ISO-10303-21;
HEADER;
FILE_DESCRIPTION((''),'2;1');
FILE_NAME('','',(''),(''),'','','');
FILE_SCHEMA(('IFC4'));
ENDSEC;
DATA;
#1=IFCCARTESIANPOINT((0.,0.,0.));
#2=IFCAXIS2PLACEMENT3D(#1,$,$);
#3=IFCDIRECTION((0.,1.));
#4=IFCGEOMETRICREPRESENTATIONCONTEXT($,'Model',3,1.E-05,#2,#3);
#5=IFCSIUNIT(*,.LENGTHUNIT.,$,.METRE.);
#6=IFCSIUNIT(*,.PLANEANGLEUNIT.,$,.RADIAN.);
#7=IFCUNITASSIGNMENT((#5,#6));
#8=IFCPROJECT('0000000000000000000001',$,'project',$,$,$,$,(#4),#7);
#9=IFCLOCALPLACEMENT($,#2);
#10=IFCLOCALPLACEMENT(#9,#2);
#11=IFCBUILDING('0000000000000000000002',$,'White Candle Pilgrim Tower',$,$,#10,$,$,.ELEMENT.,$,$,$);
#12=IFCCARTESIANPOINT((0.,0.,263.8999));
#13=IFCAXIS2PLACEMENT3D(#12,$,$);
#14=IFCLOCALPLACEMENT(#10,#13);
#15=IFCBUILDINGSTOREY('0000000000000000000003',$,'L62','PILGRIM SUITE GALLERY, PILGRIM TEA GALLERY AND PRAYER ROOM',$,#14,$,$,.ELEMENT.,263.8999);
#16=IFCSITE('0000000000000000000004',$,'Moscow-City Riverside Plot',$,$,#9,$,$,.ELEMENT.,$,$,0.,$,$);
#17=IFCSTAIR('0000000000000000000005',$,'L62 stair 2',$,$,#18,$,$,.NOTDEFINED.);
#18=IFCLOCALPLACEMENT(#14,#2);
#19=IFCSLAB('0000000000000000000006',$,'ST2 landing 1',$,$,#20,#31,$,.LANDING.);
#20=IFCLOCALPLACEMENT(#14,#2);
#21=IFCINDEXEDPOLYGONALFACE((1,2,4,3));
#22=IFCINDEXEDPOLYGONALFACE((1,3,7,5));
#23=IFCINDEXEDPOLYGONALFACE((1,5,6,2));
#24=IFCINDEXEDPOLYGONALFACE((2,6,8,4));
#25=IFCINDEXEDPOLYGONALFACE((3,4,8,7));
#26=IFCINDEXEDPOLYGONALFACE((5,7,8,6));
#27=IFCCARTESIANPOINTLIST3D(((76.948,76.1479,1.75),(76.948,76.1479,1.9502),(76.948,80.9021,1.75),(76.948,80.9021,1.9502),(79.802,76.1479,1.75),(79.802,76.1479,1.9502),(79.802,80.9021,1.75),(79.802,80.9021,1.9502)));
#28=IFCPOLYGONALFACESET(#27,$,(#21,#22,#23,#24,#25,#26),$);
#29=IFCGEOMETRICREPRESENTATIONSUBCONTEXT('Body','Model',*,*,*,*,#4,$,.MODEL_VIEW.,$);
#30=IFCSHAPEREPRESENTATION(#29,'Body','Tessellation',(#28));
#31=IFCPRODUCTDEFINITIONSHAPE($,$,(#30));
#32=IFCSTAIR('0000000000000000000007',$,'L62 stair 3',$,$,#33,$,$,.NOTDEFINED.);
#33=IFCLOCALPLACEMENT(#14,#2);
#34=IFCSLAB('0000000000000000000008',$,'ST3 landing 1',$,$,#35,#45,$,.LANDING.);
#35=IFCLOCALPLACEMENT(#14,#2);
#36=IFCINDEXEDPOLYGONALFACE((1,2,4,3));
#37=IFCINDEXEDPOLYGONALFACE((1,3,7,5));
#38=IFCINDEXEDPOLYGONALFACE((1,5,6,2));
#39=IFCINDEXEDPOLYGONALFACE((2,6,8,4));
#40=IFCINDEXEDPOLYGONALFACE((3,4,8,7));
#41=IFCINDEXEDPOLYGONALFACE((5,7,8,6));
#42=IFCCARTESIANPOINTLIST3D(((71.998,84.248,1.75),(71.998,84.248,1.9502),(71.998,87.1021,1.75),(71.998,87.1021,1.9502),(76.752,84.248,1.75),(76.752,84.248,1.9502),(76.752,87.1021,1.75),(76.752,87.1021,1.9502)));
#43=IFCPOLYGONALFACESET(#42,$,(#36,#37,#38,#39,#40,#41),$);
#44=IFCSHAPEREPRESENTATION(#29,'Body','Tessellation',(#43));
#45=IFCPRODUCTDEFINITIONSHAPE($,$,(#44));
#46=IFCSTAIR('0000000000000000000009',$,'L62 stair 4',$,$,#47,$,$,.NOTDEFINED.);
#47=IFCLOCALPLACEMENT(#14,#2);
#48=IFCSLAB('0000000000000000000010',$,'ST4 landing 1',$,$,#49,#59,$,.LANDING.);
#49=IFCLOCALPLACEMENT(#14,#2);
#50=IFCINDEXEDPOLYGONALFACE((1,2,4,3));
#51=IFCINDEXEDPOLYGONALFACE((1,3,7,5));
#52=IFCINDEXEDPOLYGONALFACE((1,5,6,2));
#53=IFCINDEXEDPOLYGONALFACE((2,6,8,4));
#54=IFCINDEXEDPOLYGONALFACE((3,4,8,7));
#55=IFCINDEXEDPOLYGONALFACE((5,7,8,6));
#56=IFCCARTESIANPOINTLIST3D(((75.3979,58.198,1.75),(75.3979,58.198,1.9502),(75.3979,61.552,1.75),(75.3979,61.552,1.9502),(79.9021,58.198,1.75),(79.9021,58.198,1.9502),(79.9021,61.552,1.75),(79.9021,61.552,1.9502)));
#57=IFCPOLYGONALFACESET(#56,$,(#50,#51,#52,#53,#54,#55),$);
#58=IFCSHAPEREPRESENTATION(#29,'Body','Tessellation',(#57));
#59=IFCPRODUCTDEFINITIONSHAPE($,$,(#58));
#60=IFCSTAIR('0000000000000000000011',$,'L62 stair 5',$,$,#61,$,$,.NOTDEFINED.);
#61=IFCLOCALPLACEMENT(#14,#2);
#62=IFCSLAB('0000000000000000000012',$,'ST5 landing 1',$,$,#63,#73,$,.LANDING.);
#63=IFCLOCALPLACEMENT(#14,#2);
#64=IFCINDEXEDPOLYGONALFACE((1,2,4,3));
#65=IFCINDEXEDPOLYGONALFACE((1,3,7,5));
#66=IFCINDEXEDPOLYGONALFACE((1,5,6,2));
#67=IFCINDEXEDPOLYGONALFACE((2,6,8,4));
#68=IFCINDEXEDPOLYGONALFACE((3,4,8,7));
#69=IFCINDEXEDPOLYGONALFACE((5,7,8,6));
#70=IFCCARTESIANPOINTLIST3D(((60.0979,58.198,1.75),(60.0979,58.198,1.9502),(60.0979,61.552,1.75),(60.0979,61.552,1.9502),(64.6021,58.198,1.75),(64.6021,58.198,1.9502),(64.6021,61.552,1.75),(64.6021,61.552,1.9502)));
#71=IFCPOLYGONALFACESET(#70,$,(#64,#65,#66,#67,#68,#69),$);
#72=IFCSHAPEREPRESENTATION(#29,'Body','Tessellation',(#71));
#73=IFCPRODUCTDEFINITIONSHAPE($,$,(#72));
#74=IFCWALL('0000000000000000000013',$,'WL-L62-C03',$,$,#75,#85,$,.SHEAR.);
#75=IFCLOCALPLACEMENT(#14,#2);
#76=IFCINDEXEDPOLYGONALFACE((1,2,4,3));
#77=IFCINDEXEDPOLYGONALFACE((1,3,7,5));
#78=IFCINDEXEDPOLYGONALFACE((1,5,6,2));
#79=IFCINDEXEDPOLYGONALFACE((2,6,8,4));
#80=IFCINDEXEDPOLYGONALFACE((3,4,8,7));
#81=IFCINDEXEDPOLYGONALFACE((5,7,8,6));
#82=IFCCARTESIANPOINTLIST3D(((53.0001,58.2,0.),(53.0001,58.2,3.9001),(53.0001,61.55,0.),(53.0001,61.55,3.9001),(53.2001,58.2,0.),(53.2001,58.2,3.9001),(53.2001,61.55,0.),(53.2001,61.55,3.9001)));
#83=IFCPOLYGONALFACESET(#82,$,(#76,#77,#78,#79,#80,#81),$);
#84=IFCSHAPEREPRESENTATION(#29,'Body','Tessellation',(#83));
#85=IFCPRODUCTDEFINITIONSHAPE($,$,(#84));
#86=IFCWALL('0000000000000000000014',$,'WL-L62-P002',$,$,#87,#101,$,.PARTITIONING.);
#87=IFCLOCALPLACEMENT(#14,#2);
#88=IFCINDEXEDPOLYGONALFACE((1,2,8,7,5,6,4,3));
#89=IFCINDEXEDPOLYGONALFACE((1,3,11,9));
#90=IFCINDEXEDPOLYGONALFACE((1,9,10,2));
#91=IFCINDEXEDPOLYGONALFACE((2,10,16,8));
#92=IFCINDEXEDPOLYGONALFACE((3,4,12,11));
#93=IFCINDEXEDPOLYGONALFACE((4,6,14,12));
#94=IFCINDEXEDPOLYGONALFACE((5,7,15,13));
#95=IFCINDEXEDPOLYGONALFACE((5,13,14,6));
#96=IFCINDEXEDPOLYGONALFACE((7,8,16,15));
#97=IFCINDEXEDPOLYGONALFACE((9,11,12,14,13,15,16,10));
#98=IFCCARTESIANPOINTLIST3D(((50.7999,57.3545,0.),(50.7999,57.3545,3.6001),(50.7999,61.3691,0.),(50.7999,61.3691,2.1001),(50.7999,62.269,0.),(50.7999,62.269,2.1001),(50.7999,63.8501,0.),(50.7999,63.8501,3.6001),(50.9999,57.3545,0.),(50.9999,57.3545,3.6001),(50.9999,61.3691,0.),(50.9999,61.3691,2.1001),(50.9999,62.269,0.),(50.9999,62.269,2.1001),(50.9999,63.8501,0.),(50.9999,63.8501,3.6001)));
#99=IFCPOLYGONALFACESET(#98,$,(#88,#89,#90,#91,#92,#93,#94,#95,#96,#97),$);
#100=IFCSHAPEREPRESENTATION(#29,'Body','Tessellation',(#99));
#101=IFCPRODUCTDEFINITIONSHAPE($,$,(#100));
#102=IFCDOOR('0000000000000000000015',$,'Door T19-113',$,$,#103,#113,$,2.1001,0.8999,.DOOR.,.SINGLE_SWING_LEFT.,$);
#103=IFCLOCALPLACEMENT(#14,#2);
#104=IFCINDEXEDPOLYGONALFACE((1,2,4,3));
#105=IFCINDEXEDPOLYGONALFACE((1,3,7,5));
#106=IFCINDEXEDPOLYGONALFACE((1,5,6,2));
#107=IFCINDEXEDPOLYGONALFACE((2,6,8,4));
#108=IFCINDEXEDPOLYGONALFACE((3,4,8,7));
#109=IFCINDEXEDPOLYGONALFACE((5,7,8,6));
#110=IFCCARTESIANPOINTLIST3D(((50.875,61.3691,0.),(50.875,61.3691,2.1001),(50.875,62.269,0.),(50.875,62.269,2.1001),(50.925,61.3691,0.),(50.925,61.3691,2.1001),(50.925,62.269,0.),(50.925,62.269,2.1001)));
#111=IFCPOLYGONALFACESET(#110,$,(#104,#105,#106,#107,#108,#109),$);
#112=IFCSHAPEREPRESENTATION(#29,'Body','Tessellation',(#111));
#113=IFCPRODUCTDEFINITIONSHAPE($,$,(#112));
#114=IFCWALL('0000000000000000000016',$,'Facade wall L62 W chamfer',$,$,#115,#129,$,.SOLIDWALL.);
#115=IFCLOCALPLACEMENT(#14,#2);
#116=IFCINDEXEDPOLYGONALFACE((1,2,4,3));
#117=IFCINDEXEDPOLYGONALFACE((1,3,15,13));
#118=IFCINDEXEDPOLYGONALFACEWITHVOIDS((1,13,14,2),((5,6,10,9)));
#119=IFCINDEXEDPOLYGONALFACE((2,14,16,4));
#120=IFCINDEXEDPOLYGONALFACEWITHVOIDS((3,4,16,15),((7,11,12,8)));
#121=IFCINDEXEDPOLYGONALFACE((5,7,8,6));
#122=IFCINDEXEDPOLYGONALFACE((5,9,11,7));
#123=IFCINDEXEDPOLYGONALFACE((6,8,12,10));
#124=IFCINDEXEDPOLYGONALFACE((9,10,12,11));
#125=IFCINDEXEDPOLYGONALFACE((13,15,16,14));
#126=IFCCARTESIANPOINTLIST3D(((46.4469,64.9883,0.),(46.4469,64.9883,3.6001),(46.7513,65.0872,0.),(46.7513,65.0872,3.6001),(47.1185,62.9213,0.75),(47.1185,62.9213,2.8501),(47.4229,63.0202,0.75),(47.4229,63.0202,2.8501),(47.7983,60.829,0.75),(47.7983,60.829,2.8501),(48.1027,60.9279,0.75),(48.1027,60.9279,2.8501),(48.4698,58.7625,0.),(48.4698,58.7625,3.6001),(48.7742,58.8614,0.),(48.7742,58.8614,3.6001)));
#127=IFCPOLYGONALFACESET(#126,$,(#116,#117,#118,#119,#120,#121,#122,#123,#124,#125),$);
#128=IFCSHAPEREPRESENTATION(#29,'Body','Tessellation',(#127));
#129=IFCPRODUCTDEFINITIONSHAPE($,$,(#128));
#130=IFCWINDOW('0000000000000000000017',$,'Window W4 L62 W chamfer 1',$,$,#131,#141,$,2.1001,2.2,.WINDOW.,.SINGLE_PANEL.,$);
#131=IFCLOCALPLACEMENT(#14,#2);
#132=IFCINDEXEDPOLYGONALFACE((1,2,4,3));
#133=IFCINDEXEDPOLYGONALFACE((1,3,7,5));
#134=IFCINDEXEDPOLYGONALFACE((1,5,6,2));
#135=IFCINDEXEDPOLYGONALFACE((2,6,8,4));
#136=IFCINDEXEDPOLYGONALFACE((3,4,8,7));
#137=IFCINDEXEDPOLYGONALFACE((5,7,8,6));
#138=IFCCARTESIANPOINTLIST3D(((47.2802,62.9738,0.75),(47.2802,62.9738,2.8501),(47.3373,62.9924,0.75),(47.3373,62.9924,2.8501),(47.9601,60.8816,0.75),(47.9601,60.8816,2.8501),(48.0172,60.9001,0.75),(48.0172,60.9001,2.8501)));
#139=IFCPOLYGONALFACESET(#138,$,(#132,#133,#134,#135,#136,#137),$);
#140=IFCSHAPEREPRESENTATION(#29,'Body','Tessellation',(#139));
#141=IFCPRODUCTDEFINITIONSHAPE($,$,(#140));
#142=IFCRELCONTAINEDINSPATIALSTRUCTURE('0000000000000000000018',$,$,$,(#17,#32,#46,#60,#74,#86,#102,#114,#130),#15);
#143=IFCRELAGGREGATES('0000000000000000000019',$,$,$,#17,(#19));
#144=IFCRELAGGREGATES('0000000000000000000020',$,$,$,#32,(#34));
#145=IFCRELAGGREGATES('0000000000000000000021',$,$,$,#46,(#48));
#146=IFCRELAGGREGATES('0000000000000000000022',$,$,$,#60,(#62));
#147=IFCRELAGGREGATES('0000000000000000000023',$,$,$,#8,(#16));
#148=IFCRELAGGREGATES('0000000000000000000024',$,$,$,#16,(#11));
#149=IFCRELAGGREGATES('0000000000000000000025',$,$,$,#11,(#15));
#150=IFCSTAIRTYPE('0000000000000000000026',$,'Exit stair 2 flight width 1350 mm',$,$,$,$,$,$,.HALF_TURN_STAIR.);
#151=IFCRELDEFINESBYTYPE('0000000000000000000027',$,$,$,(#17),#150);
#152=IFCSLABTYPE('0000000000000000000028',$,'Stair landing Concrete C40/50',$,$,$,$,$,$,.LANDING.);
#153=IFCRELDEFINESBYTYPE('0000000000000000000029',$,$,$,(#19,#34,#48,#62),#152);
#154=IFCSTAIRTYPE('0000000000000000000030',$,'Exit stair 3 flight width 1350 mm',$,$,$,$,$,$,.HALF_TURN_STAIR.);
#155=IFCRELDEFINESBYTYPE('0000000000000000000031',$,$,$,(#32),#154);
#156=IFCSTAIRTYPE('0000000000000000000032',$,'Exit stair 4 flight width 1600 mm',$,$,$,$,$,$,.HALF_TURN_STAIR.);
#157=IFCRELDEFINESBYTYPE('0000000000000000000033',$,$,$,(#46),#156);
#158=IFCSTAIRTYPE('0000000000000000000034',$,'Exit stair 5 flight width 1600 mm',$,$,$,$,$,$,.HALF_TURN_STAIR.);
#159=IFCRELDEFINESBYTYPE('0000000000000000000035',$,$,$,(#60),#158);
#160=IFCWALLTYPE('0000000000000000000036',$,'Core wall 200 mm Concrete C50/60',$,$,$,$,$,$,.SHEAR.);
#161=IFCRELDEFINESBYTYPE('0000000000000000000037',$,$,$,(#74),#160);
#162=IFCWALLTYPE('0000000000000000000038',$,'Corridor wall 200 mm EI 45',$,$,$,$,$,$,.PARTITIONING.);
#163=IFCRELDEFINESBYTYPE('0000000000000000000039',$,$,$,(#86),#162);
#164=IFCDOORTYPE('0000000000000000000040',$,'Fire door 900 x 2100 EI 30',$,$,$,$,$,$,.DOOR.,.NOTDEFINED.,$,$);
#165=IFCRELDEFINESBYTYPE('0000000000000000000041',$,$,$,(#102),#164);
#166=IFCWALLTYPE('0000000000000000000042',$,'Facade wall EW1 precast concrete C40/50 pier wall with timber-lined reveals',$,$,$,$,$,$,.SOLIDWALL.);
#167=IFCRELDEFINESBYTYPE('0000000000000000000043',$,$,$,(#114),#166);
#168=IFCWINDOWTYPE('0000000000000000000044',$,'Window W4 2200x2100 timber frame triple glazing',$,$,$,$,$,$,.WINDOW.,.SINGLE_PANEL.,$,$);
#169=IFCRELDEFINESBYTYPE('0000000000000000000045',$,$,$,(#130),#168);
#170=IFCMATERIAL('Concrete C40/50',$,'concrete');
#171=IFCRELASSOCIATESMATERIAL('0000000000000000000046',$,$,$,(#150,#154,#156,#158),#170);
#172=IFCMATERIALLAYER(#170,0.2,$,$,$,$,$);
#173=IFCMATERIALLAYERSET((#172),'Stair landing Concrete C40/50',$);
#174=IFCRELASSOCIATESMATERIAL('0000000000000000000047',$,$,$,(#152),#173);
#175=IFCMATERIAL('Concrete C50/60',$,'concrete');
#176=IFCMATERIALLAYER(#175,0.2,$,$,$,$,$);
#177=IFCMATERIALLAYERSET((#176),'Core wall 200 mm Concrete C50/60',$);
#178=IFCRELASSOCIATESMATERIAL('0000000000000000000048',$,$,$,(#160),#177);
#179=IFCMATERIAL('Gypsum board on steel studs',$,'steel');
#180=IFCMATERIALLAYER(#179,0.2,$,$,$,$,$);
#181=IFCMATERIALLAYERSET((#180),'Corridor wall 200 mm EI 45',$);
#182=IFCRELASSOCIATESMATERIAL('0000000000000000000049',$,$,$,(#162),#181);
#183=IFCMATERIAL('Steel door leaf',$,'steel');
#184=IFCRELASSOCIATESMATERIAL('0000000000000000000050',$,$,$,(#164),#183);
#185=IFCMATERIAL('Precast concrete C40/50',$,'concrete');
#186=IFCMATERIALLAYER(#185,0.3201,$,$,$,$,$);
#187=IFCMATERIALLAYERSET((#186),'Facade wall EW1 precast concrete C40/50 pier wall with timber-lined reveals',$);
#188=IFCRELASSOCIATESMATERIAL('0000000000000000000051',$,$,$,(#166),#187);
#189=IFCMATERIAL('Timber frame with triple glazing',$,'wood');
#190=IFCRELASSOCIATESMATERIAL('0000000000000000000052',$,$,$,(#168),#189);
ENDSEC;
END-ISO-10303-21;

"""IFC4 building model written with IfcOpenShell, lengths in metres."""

from ifc_helpers import new_model, si_unit, direction, frame, frame_2d, origin, place, context, subcontext, project, spatial, polyline, rectangle, outline, extrude, material, layer, layer_set, type_object, element, fill, aggregate, save


model = new_model("IFC4")

# Units and contexts
model_context = context("Model", 3, precision=1e-05, world=origin(), true_north=direction((0.0, 1.0)))
body_context = subcontext(model_context, "Body", "Model", "MODEL_VIEW")
ifc_project = project(units=[si_unit("LENGTHUNIT", "METRE"), si_unit("PLANEANGLEUNIT", "RADIAN")], contexts=[model_context])

# Site, building, storey
site_placement = place(None, origin())
site = spatial("IfcSite", under=ifc_project, at=site_placement, Name="Moscow-City Riverside Plot", CompositionType="ELEMENT", RefElevation=0.0)
building_placement = place(site_placement, origin())
building = spatial("IfcBuilding", under=site, at=building_placement, Name="White Candle Pilgrim Tower", CompositionType="ELEMENT")
storey_placement = place(building_placement, frame((0.0, 0.0, 263.8999)))
storey = spatial("IfcBuildingStorey", under=building, at=storey_placement, Name="L62", Description="PILGRIM SUITE GALLERY, PILGRIM TEA GALLERY AND PRAYER ROOM", CompositionType="ELEMENT", Elevation=263.8999)

# Stairs, slabs
ifc_material_1 = material(Name="Concrete C40/50", Category="concrete")
stair_type_1 = type_object("IfcStairType", Name="Exit stair 2 flight width 1350 mm", PredefinedType="HALF_TURN_STAIR", material=ifc_material_1)
stair_1_placement = place(storey_placement, origin())
stair_1 = element("IfcStair", 1, at=stair_1_placement, inside=storey, type_object=stair_type_1, Name="L62 stair 2", PredefinedType="NOTDEFINED")
ifc_layer_1 = layer(ifc_material_1, 0.2)
ifc_layer_set_1 = layer_set([ifc_layer_1], Name="Stair landing Concrete C40/50")
slab_type = type_object("IfcSlabType", Name="Stair landing Concrete C40/50", PredefinedType="LANDING", material=ifc_layer_set_1)
slab_1_placement = place(storey_placement, frame((0.0, 0.0, 1.75)))
slab_1 = element("IfcSlab", 2, at=slab_1_placement, type_object=slab_type, Name="ST2 landing 1", PredefinedType="LANDING", context=body_context, shape_type="SweptSolid", body=[
    extrude(outline(polyline([(79.802, 76.1479), (76.948, 76.1479), (76.948, 80.9021), (79.802, 80.9021), (79.802, 76.1479)])), origin(), (0.0, 0.0, 1.0), 0.2002),
])
aggregate(stair_1, [slab_1])
stair_type_2 = type_object("IfcStairType", Name="Exit stair 3 flight width 1350 mm", PredefinedType="HALF_TURN_STAIR", material=ifc_material_1)
stair_2_placement = place(storey_placement, origin())
stair_2 = element("IfcStair", 3, at=stair_2_placement, inside=storey, type_object=stair_type_2, Name="L62 stair 3", PredefinedType="NOTDEFINED")
slab_2_placement = place(storey_placement, frame((0.0, 0.0, 1.75)))
slab_2 = element("IfcSlab", 4, at=slab_2_placement, type_object=slab_type, Name="ST3 landing 1", PredefinedType="LANDING", context=body_context, shape_type="SweptSolid", body=[
    extrude(outline(polyline([(71.998, 84.248), (71.998, 87.1021), (76.752, 87.1021), (76.752, 84.248), (71.998, 84.248)])), origin(), (0.0, 0.0, 1.0), 0.2002),
])
aggregate(stair_2, [slab_2])
stair_type_3 = type_object("IfcStairType", Name="Exit stair 4 flight width 1600 mm", PredefinedType="HALF_TURN_STAIR", material=ifc_material_1)
stair_3_placement = place(storey_placement, origin())
stair_3 = element("IfcStair", 5, at=stair_3_placement, inside=storey, type_object=stair_type_3, Name="L62 stair 4", PredefinedType="NOTDEFINED")
slab_3_placement = place(storey_placement, frame((0.0, 0.0, 1.75)))
slab_3 = element("IfcSlab", 6, at=slab_3_placement, type_object=slab_type, Name="ST4 landing 1", PredefinedType="LANDING", context=body_context, shape_type="SweptSolid", body=[
    extrude(outline(polyline([(79.9021, 61.552), (79.9021, 58.198), (75.3979, 58.198), (75.3979, 61.552), (79.9021, 61.552)])), origin(), (0.0, 0.0, 1.0), 0.2002),
])
aggregate(stair_3, [slab_3])
stair_type_4 = type_object("IfcStairType", Name="Exit stair 5 flight width 1600 mm", PredefinedType="HALF_TURN_STAIR", material=ifc_material_1)
stair_4_placement = place(storey_placement, origin())
stair_4 = element("IfcStair", 7, at=stair_4_placement, inside=storey, type_object=stair_type_4, Name="L62 stair 5", PredefinedType="NOTDEFINED")
slab_4_placement = place(storey_placement, frame((0.0, 0.0, 1.75)))
slab_4 = element("IfcSlab", 8, at=slab_4_placement, type_object=slab_type, Name="ST5 landing 1", PredefinedType="LANDING", context=body_context, shape_type="SweptSolid", body=[
    extrude(outline(polyline([(60.0979, 58.198), (60.0979, 61.552), (64.6021, 61.552), (64.6021, 58.198), (60.0979, 58.198)])), origin(), (0.0, 0.0, 1.0), 0.2002),
])
aggregate(stair_4, [slab_4])

# Wall
ifc_material_2 = material(Name="Concrete C50/60", Category="concrete")
ifc_layer_2 = layer(ifc_material_2, 0.2)
ifc_layer_set_2 = layer_set([ifc_layer_2], Name="Core wall 200 mm Concrete C50/60")
wall_type_1 = type_object("IfcWallType", Name="Core wall 200 mm Concrete C50/60", PredefinedType="SHEAR", material=ifc_layer_set_2)
wall_1_placement = place(storey_placement, frame((53.1001, 58.2, 0.0), z_axis=(0.0, 0.0, 1.0), x_axis=(0.0, 1.0, 0.0)))
element("IfcWall", 9, at=wall_1_placement, inside=storey, type_object=wall_type_1, Name="WL-L62-C03", PredefinedType="SHEAR", context=body_context, shape_type="SweptSolid", body=[
    extrude(rectangle(XDim=3.3501, YDim=0.2, at=frame_2d((1.675, 0.0))), origin(), (0.0, 0.0, 1.0), 3.9001),
])

# Wall, opening, door
ifc_material_3 = material(Name="Gypsum board on steel studs", Category="steel")
ifc_layer_3 = layer(ifc_material_3, 0.2)
ifc_layer_set_3 = layer_set([ifc_layer_3], Name="Corridor wall 200 mm EI 45")
wall_type_2 = type_object("IfcWallType", Name="Corridor wall 200 mm EI 45", PredefinedType="PARTITIONING", material=ifc_layer_set_3)
wall_2_placement = place(storey_placement, frame((50.8999, 57.3545, 0.0), z_axis=(0.0, 0.0, 1.0), x_axis=(0.0, 1.0, 0.0)))
wall_2 = element("IfcWall", 10, at=wall_2_placement, inside=storey, type_object=wall_type_2, Name="WL-L62-P002", PredefinedType="PARTITIONING", context=body_context, shape_type="SweptSolid", body=[
    extrude(rectangle(XDim=6.4956, YDim=0.2, at=frame_2d((3.2478, 0.0))), origin(), (0.0, 0.0, 1.0), 3.6001),
])
opening_1_placement = place(wall_2_placement, frame((4.0146, 0.0, 0.0)))
opening_1 = element("IfcOpeningElement", 11, at=opening_1_placement, cuts=wall_2, PredefinedType="OPENING", context=body_context, shape_type="SweptSolid", body=[
    extrude(rectangle(XDim=0.8999, YDim=2.1001, at=frame_2d((0.45, 1.05))), frame((0.0, 0.1099, 0.0), z_axis=(0.0, -1.0, 0.0), x_axis=(1.0, 0.0, 0.0)), (0.0, 0.0, 1.0), 0.22),
])
ifc_material_4 = material(Name="Steel door leaf", Category="steel")
door_type_1 = type_object("IfcDoorType", Name="Fire door 900 x 2100 EI 30", OperationType="NOTDEFINED", PredefinedType="DOOR", material=ifc_material_4)
door_1_placement = place(opening_1_placement, origin())
door_1 = element("IfcDoor", 12, at=door_1_placement, inside=storey, type_object=door_type_1, Name="Door T19-113", OperationType="SINGLE_SWING_LEFT", OverallHeight=2.1001, OverallWidth=0.8999, PredefinedType="DOOR", context=body_context, shape_type="SweptSolid", body=[
    extrude(rectangle(XDim=0.8999, YDim=2.1001, at=frame_2d((0.45, 1.05))), frame((0.0, 0.0249, 0.0), z_axis=(0.0, -1.0, 0.0), x_axis=(1.0, 0.0, 0.0)), (0.0, 0.0, 1.0), 0.05),
])
fill(opening_1, door_1)

# Wall, opening, window
ifc_material_5 = material(Name="Precast concrete C40/50", Category="concrete")
ifc_layer_4 = layer(ifc_material_5, 0.3201)
ifc_layer_set_4 = layer_set([ifc_layer_4], Name="Facade wall EW1 precast concrete C40/50 pier wall with timber-lined reveals")
wall_type_3 = type_object("IfcWallType", Name="Facade wall EW1 precast concrete C40/50 pier wall with timber-lined reveals", PredefinedType="SOLIDWALL", material=ifc_layer_set_4)
wall_3_placement = place(storey_placement, frame((46.5991, 65.0376, 0.0), z_axis=(0.0, 0.0, 1.0), x_axis=(0.309025, -0.951054, 0.0)))
wall_3 = element("IfcWall", 13, at=wall_3_placement, inside=storey, type_object=wall_type_3, Name="Facade wall L62 W chamfer", PredefinedType="SOLIDWALL", context=body_context, shape_type="SweptSolid", body=[
    extrude(rectangle(XDim=6.5461, YDim=0.3201, at=frame_2d((3.2729, 0.0))), origin(), (0.0, 0.0, 1.0), 3.6001),
])
opening_2_placement = place(wall_3_placement, frame((2.1731, 0.0, 0.75)))
opening_2 = element("IfcOpeningElement", 14, at=opening_2_placement, cuts=wall_3, PredefinedType="OPENING", context=body_context, shape_type="SweptSolid", body=[
    extrude(rectangle(XDim=2.2, YDim=2.1001, at=frame_2d((1.1001, 1.05))), frame((0.0, 0.1699, 0.0), z_axis=(0.0, -1.0, 0.0), x_axis=(1.0, 0.0, 0.0)), (0.0, 0.0, 1.0), 0.3401),
])
ifc_material_6 = material(Name="Timber frame with triple glazing", Category="wood")
window_type_1 = type_object("IfcWindowType", Name="Window W4 2200x2100 timber frame triple glazing", PartitioningType="SINGLE_PANEL", PredefinedType="WINDOW", material=ifc_material_6)
window_1_placement = place(opening_2_placement, origin())
window_1 = element("IfcWindow", 15, at=window_1_placement, inside=storey, type_object=window_type_1, Name="Window W4 L62 W chamfer 1", OverallHeight=2.1001, OverallWidth=2.2, PartitioningType="SINGLE_PANEL", PredefinedType="WINDOW", context=body_context, shape_type="SweptSolid", body=[
    extrude(rectangle(XDim=2.2, YDim=2.1001, at=frame_2d((1.1001, 1.05))), frame((0.0, 0.0701, 0.0), z_axis=(0.0, -1.0, 0.0), x_axis=(1.0, 0.0, 0.0)), (0.0, 0.0, 1.0), 0.0601),
])
fill(opening_2, window_1)

save(model, "model.ifc")
